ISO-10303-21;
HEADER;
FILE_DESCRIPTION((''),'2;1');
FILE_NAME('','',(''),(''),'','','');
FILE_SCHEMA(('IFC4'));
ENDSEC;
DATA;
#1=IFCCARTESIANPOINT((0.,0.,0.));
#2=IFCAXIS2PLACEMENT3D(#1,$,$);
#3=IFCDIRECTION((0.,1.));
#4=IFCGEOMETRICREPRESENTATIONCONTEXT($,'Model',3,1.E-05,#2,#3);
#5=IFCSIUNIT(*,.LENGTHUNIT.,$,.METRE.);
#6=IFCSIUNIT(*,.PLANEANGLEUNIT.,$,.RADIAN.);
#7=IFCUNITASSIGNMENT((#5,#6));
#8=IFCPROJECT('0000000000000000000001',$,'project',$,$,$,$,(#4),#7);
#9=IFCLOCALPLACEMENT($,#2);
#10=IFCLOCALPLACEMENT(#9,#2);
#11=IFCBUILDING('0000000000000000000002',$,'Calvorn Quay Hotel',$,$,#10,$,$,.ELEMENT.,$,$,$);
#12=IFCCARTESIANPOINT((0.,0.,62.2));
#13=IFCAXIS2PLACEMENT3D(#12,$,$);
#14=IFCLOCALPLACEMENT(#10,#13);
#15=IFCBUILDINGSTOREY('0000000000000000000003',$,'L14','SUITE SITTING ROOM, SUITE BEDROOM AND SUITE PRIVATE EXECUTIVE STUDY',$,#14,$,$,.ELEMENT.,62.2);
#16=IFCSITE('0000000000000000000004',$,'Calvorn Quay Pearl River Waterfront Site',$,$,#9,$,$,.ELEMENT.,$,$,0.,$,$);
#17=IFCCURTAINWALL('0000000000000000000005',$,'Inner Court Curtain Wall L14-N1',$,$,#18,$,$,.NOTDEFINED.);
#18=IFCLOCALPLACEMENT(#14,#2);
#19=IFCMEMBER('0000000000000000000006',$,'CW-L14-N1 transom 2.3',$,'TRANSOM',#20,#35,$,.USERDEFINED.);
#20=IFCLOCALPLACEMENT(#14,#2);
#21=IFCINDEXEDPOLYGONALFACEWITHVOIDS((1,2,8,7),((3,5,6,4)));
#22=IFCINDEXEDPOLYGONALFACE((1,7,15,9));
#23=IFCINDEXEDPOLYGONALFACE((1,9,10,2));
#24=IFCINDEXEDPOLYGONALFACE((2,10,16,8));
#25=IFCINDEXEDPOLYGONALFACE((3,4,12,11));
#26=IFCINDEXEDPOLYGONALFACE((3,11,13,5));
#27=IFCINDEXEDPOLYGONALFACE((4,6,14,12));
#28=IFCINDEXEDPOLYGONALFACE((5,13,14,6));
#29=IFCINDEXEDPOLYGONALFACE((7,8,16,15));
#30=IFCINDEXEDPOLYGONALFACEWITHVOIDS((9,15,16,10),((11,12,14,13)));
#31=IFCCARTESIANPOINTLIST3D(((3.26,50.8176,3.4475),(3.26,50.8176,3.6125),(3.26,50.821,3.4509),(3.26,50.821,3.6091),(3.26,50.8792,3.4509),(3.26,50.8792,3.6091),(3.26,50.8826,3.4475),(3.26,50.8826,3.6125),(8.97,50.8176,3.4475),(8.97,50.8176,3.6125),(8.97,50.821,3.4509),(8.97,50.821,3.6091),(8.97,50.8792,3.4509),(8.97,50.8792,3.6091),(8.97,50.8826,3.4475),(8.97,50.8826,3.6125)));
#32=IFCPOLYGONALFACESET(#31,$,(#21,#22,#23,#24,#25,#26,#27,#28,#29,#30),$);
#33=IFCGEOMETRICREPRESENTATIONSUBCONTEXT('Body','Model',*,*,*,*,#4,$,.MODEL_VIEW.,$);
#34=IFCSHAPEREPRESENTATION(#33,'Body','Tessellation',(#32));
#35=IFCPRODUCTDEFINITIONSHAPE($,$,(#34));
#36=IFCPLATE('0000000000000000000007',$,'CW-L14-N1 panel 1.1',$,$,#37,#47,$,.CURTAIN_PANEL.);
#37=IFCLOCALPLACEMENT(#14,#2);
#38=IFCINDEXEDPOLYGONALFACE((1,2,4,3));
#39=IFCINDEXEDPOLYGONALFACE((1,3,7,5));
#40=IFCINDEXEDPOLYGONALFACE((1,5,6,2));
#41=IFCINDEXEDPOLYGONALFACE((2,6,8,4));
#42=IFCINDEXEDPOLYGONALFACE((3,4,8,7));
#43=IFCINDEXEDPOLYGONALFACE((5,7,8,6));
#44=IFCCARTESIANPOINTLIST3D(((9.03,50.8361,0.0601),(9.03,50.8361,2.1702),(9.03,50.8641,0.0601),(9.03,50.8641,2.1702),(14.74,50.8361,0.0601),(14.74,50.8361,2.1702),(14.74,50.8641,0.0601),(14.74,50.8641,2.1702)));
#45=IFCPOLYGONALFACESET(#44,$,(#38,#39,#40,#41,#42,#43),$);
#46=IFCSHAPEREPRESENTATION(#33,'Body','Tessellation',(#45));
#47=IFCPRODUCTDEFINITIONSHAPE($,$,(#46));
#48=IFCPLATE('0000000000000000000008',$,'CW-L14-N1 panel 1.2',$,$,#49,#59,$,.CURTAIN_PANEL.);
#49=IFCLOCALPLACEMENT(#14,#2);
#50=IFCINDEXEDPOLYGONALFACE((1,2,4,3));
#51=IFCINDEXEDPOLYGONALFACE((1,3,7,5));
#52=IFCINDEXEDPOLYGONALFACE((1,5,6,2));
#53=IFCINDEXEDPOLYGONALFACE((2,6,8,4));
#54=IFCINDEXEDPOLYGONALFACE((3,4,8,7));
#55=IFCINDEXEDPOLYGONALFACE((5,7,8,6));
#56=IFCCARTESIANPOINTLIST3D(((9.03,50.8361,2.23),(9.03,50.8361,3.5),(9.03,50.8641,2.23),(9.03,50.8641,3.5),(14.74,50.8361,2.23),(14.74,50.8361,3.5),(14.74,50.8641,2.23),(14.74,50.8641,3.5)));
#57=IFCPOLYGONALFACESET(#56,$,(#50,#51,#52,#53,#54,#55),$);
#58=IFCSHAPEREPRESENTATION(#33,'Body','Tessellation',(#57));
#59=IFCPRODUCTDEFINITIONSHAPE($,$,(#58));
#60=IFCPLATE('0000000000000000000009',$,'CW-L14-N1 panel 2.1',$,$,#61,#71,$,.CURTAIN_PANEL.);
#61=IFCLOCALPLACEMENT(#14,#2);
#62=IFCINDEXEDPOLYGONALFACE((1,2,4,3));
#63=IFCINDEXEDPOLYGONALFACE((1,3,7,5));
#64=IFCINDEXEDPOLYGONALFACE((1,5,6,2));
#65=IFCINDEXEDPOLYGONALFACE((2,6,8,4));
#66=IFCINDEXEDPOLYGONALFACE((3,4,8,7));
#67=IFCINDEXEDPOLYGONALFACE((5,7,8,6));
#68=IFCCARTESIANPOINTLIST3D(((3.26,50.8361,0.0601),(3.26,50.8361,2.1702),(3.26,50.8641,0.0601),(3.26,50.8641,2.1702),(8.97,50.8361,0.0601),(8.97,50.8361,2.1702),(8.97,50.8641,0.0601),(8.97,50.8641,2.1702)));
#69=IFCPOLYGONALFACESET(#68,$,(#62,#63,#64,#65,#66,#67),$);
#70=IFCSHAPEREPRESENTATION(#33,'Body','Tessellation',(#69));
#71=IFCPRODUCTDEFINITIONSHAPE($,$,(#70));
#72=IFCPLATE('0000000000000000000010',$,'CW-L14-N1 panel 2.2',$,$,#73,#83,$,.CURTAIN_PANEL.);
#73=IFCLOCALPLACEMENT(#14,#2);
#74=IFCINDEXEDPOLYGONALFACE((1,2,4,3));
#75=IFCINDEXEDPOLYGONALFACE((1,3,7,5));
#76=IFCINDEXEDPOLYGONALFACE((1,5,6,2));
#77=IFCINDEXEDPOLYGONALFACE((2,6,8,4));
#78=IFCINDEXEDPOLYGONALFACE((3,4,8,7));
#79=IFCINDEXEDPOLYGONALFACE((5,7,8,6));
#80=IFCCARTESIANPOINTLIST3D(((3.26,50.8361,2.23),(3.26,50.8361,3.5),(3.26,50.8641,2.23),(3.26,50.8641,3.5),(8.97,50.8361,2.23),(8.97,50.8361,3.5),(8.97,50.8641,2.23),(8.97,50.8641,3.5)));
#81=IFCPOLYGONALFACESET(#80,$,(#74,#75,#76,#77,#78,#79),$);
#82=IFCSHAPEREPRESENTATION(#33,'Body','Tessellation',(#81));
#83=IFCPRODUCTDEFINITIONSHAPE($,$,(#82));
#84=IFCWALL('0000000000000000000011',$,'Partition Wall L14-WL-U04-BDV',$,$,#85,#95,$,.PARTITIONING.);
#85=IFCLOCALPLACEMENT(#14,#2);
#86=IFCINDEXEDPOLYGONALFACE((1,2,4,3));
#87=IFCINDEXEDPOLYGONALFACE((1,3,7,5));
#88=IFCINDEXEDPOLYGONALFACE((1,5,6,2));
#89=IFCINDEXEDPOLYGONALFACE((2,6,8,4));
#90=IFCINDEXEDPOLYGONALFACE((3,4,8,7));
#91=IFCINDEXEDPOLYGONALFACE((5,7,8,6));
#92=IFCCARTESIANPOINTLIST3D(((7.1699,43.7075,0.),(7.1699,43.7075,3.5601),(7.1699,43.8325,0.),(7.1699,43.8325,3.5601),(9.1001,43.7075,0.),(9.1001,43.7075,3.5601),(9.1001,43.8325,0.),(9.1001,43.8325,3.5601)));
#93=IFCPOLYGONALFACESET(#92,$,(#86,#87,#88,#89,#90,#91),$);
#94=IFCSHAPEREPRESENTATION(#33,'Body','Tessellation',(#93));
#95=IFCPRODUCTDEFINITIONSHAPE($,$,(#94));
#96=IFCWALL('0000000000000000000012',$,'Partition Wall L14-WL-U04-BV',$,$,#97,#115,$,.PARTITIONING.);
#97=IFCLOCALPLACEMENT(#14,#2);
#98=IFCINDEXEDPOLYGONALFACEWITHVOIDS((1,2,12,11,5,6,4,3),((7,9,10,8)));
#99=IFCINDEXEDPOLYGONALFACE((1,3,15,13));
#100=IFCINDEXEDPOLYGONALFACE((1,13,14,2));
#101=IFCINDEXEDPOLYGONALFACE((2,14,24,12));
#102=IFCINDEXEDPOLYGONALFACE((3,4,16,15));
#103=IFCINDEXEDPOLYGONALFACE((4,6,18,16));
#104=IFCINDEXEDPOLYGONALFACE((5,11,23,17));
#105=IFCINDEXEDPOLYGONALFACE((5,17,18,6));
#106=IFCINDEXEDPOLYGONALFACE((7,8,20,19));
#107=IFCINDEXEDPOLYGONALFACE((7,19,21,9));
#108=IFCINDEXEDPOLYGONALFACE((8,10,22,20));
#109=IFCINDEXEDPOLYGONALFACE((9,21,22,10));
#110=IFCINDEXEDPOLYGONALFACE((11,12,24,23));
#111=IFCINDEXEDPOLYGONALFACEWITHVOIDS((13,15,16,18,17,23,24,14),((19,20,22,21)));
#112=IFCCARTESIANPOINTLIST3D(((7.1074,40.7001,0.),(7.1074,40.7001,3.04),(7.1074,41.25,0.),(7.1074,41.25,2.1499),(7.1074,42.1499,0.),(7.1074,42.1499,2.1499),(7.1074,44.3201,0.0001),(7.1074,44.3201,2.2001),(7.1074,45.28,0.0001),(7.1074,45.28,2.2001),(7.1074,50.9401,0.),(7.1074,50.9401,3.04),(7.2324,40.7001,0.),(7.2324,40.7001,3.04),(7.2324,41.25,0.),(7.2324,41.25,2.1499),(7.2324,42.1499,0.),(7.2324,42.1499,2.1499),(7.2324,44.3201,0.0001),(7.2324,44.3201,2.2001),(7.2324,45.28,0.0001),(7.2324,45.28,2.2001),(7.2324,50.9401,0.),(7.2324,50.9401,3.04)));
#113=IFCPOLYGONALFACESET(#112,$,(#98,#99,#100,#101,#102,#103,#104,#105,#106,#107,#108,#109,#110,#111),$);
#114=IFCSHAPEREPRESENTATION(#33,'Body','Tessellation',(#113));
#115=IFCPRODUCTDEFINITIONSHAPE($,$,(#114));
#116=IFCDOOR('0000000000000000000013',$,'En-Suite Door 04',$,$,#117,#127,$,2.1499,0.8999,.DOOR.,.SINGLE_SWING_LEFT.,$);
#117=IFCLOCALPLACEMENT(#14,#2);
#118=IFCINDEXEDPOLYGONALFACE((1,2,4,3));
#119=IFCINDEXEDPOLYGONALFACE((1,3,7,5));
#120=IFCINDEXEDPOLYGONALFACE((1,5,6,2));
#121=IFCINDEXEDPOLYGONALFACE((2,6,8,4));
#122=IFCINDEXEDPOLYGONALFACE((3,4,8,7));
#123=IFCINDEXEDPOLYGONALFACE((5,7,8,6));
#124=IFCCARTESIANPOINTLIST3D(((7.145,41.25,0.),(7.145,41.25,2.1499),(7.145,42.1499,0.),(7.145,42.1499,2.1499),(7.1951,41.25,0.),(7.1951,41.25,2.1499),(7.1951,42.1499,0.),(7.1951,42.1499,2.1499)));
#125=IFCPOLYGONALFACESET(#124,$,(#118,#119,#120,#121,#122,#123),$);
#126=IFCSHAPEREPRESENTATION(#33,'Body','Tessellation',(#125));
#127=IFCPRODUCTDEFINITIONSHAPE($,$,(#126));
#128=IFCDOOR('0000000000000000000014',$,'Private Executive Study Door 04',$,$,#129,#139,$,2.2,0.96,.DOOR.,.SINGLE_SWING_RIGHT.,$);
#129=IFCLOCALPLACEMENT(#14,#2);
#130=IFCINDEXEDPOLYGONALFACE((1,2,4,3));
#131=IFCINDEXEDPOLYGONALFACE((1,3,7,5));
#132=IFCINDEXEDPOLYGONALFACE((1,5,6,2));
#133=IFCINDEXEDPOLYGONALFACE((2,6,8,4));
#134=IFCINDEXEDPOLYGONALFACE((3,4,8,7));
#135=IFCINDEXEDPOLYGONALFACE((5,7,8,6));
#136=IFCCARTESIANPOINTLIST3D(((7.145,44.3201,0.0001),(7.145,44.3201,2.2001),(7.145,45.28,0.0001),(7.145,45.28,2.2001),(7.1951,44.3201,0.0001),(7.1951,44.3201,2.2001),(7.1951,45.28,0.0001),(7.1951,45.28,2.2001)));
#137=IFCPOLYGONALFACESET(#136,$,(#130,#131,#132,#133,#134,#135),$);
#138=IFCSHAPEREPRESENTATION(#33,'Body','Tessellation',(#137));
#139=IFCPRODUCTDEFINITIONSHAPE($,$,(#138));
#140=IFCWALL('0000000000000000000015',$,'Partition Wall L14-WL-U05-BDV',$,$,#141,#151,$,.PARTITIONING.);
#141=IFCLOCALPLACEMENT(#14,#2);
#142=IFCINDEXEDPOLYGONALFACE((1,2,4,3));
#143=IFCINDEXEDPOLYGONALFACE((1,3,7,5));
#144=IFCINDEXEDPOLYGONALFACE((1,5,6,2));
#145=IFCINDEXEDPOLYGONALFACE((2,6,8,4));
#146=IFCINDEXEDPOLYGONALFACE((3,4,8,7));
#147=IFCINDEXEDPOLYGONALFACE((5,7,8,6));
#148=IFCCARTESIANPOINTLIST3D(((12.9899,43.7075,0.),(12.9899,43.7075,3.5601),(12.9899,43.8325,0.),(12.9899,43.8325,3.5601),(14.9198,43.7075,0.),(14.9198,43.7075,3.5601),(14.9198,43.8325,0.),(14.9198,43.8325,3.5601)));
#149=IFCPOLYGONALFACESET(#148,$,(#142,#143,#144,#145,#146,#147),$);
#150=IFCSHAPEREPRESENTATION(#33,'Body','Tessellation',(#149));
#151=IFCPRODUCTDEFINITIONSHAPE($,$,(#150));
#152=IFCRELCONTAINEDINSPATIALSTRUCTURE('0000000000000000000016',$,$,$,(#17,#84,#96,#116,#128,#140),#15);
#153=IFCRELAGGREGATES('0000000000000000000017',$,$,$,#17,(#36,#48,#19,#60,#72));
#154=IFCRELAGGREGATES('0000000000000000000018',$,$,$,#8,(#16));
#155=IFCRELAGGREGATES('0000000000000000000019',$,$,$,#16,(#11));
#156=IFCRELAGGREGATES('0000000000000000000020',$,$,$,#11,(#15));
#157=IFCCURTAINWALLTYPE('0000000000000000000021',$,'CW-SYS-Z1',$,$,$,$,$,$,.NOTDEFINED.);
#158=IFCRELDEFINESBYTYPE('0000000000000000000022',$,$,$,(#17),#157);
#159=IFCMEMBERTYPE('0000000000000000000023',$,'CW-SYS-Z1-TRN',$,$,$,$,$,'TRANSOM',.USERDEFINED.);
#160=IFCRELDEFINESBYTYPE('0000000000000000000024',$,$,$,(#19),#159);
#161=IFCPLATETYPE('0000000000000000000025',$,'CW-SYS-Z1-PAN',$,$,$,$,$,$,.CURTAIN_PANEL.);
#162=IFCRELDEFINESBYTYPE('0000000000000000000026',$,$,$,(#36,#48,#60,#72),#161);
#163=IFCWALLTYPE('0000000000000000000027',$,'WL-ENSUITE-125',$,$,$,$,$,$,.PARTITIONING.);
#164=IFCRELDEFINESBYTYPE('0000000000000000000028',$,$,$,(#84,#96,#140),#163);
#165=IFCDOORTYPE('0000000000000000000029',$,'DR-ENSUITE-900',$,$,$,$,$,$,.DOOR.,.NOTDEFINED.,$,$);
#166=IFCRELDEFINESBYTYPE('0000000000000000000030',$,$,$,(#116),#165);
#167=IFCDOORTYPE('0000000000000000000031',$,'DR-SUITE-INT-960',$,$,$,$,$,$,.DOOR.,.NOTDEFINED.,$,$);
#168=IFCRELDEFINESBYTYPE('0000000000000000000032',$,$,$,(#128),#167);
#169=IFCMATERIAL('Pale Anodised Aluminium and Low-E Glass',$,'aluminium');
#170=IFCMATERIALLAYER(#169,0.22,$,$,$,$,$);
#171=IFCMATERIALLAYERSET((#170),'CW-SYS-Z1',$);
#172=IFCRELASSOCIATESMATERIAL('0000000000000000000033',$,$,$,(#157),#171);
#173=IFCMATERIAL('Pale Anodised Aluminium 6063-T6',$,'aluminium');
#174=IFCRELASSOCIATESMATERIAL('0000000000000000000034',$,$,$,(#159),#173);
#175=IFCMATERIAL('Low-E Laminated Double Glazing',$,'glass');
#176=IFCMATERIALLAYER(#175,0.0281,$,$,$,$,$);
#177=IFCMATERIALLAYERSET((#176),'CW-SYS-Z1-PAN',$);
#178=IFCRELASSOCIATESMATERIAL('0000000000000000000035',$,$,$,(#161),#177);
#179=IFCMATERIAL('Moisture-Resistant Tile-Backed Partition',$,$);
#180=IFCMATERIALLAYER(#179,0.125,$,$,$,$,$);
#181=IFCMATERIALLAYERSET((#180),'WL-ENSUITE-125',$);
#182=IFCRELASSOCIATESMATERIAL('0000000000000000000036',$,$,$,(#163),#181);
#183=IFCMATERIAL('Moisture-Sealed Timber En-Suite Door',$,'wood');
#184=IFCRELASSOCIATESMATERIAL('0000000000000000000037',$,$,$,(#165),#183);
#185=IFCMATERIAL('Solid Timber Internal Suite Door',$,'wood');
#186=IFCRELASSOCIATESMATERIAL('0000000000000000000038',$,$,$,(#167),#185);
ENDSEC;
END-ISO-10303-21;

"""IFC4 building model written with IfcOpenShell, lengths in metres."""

from ifc_helpers import new_model, si_unit, direction, frame, frame_2d, origin, origin_2d, place, context, subcontext, project, spatial, rectangle, hollow_rectangle, extrude, material, layer, layer_set, material_profile, profile_set, type_object, element, fill, aggregate, save


model = new_model("IFC4")

# Units and contexts
model_context = context("Model", 3, precision=1e-05, world=origin(), true_north=direction((0.0, 1.0)))
body_context = subcontext(model_context, "Body", "Model", "MODEL_VIEW")
ifc_project = project(units=[si_unit("LENGTHUNIT", "METRE"), si_unit("PLANEANGLEUNIT", "RADIAN")], contexts=[model_context])

# Site, building, storey
site_placement = place(None, origin())
site = spatial("IfcSite", under=ifc_project, at=site_placement, Name="Calvorn Quay Pearl River Waterfront Site", CompositionType="ELEMENT", RefElevation=0.0)
building_placement = place(site_placement, origin())
building = spatial("IfcBuilding", under=site, at=building_placement, Name="Calvorn Quay Hotel", CompositionType="ELEMENT")
storey_placement = place(building_placement, frame((0.0, 0.0, 62.2)))
storey = spatial("IfcBuildingStorey", under=building, at=storey_placement, Name="L14", Description="SUITE SITTING ROOM, SUITE BEDROOM AND SUITE PRIVATE EXECUTIVE STUDY", CompositionType="ELEMENT", Elevation=62.2)

# Curtain wall, member, plates
ifc_material_1 = material(Name="Pale Anodised Aluminium and Low-E Glass", Category="aluminium")
ifc_layer_1 = layer(ifc_material_1, 0.22)
ifc_layer_set_1 = layer_set([ifc_layer_1], Name="CW-SYS-Z1")
curtain_wall_type = type_object("IfcCurtainWallType", Name="CW-SYS-Z1", PredefinedType="NOTDEFINED", material=ifc_layer_set_1)
curtain_wall_placement = place(storey_placement, origin())
curtain_wall = element("IfcCurtainWall", 1, at=curtain_wall_placement, inside=storey, type_object=curtain_wall_type, Name="Inner Court Curtain Wall L14-N1", PredefinedType="NOTDEFINED")
ifc_material_2 = material(Name="Pale Anodised Aluminium 6063-T6", Category="aluminium")
ifc_material_profile_1 = material_profile(ifc_material_2, hollow_rectangle(XDim=0.0649, YDim=0.165, WallThickness=0.0034, at=origin_2d()), Name="ALU-T165x65x3.5")
ifc_profile_set_1 = profile_set([ifc_material_profile_1], Name="Pale Anodised Aluminium 6063-T6")
member_type_1 = type_object("IfcMemberType", Name="CW-SYS-Z1-TRN", ElementType="TRANSOM", PredefinedType="USERDEFINED", material=ifc_profile_set_1)
member_1_placement = place(storey_placement, frame((8.97, 50.8501, 3.53), z_axis=(-1.0, 0.0, 0.0), x_axis=(0.0, -1.0, 0.0)))
member_1 = element("IfcMember", 2, at=member_1_placement, type_object=member_type_1, Name="CW-L14-N1 transom 2.3", ObjectType="TRANSOM", PredefinedType="USERDEFINED", context=body_context, shape_type="SweptSolid", body=[
    extrude(hollow_rectangle(XDim=0.0649, YDim=0.165, WallThickness=0.0034, at=origin_2d()), origin(), (0.0, 0.0, 1.0), 5.71),
])
ifc_material_3 = material(Name="Low-E Laminated Double Glazing", Category="glass")
ifc_layer_2 = layer(ifc_material_3, 0.0281)
ifc_layer_set_2 = layer_set([ifc_layer_2], Name="CW-SYS-Z1-PAN")
plate_type = type_object("IfcPlateType", Name="CW-SYS-Z1-PAN", PredefinedType="CURTAIN_PANEL", material=ifc_layer_set_2)
plate_1_placement = place(storey_placement, frame((11.885, 50.8501, 0.0601), z_axis=(0.0, 0.0, 1.0), x_axis=(-1.0, 0.0, 0.0)))
plate_1 = element("IfcPlate", 3, at=plate_1_placement, type_object=plate_type, Name="CW-L14-N1 panel 1.1", PredefinedType="CURTAIN_PANEL", context=body_context, shape_type="SweptSolid", body=[
    extrude(rectangle(XDim=5.71, YDim=0.0281, at=origin_2d()), origin(), (0.0, 0.0, 1.0), 2.1101),
])
plate_2_placement = place(storey_placement, frame((11.885, 50.8501, 2.23), z_axis=(0.0, 0.0, 1.0), x_axis=(-1.0, 0.0, 0.0)))
plate_2 = element("IfcPlate", 4, at=plate_2_placement, type_object=plate_type, Name="CW-L14-N1 panel 1.2", PredefinedType="CURTAIN_PANEL", context=body_context, shape_type="SweptSolid", body=[
    extrude(rectangle(XDim=5.71, YDim=0.0281, at=origin_2d()), origin(), (0.0, 0.0, 1.0), 1.27),
])
plate_3_placement = place(storey_placement, frame((6.115, 50.8501, 0.0601), z_axis=(0.0, 0.0, 1.0), x_axis=(-1.0, 0.0, 0.0)))
plate_3 = element("IfcPlate", 5, at=plate_3_placement, type_object=plate_type, Name="CW-L14-N1 panel 2.1", PredefinedType="CURTAIN_PANEL", context=body_context, shape_type="SweptSolid", body=[
    extrude(rectangle(XDim=5.71, YDim=0.0281, at=origin_2d()), origin(), (0.0, 0.0, 1.0), 2.1101),
])
plate_4_placement = place(storey_placement, frame((6.115, 50.8501, 2.23), z_axis=(0.0, 0.0, 1.0), x_axis=(-1.0, 0.0, 0.0)))
plate_4 = element("IfcPlate", 6, at=plate_4_placement, type_object=plate_type, Name="CW-L14-N1 panel 2.2", PredefinedType="CURTAIN_PANEL", context=body_context, shape_type="SweptSolid", body=[
    extrude(rectangle(XDim=5.71, YDim=0.0281, at=origin_2d()), origin(), (0.0, 0.0, 1.0), 1.27),
])
aggregate(curtain_wall, [plate_1, plate_2, member_1, plate_3, plate_4])

# Wall
ifc_material_4 = material(Name="Moisture-Resistant Tile-Backed Partition")
ifc_layer_3 = layer(ifc_material_4, 0.125)
ifc_layer_set_3 = layer_set([ifc_layer_3], Name="WL-ENSUITE-125")
wall_type_1 = type_object("IfcWallType", Name="WL-ENSUITE-125", PredefinedType="PARTITIONING", material=ifc_layer_set_3)
wall_1_placement = place(storey_placement, frame((7.1699, 43.77, 0.0), z_axis=(0.0, 0.0, 1.0), x_axis=(1.0, 0.0, 0.0)))
element("IfcWall", 7, at=wall_1_placement, inside=storey, type_object=wall_type_1, Name="Partition Wall L14-WL-U04-BDV", PredefinedType="PARTITIONING", context=body_context, shape_type="SweptSolid", body=[
    extrude(rectangle(XDim=1.9302, YDim=0.125, at=frame_2d((0.9651, 0.0))), origin(), (0.0, 0.0, 1.0), 3.5601),
])

# Wall, openings, doors
wall_2_placement = place(storey_placement, frame((7.1699, 40.7, 0.0), z_axis=(0.0, 0.0, 1.0), x_axis=(0.0, 1.0, 0.0)))
wall_2 = element("IfcWall", 8, at=wall_2_placement, inside=storey, type_object=wall_type_1, Name="Partition Wall L14-WL-U04-BV", PredefinedType="PARTITIONING", context=body_context, shape_type="SweptSolid", body=[
    extrude(rectangle(XDim=10.24, YDim=0.125, at=frame_2d((5.1201, 0.0))), origin(), (0.0, 0.0, 1.0), 3.04),
])
opening_1_placement = place(wall_2_placement, frame((0.55, 0.0, 0.0)))
opening_1 = element("IfcOpeningElement", 9, at=opening_1_placement, cuts=wall_2, PredefinedType="OPENING", context=body_context, shape_type="SweptSolid", body=[
    extrude(rectangle(XDim=0.8999, YDim=2.1499, at=frame_2d((0.45, 1.075))), frame((0.0, 0.0725, 0.0), z_axis=(0.0, -1.0, 0.0), x_axis=(1.0, 0.0, 0.0)), (0.0, 0.0, 1.0), 0.145),
])
opening_2_placement = place(wall_2_placement, frame((3.6201, 0.0, 0.0)))
opening_2 = element("IfcOpeningElement", 10, at=opening_2_placement, cuts=wall_2, PredefinedType="OPENING", context=body_context, shape_type="SweptSolid", body=[
    extrude(rectangle(XDim=0.96, YDim=2.2, at=frame_2d((0.48, 1.1001))), frame((0.0, 0.0725, 0.0), z_axis=(0.0, -1.0, 0.0), x_axis=(1.0, 0.0, 0.0)), (0.0, 0.0, 1.0), 0.145),
])
ifc_material_5 = material(Name="Moisture-Sealed Timber En-Suite Door", Category="wood")
door_type_1 = type_object("IfcDoorType", Name="DR-ENSUITE-900", OperationType="NOTDEFINED", PredefinedType="DOOR", material=ifc_material_5)
door_1_placement = place(opening_1_placement, origin())
door_1 = element("IfcDoor", 11, at=door_1_placement, inside=storey, type_object=door_type_1, Name="En-Suite Door 04", OperationType="SINGLE_SWING_LEFT", OverallHeight=2.1499, OverallWidth=0.8999, PredefinedType="DOOR", context=body_context, shape_type="SweptSolid", body=[
    extrude(rectangle(XDim=0.8999, YDim=2.1499, at=frame_2d((0.45, 1.075))), frame((0.0, 0.0249, 0.0), z_axis=(0.0, -1.0, 0.0), x_axis=(1.0, 0.0, 0.0)), (0.0, 0.0, 1.0), 0.05),
])
fill(opening_1, door_1)
ifc_material_6 = material(Name="Solid Timber Internal Suite Door", Category="wood")
door_type_2 = type_object("IfcDoorType", Name="DR-SUITE-INT-960", OperationType="NOTDEFINED", PredefinedType="DOOR", material=ifc_material_6)
door_2_placement = place(opening_2_placement, origin())
door_2 = element("IfcDoor", 12, at=door_2_placement, inside=storey, type_object=door_type_2, Name="Private Executive Study Door 04", OperationType="SINGLE_SWING_RIGHT", OverallHeight=2.2, OverallWidth=0.96, PredefinedType="DOOR", context=body_context, shape_type="SweptSolid", body=[
    extrude(rectangle(XDim=0.96, YDim=2.2, at=frame_2d((0.48, 1.1001))), frame((0.0, 0.0249, 0.0), z_axis=(0.0, -1.0, 0.0), x_axis=(1.0, 0.0, 0.0)), (0.0, 0.0, 1.0), 0.05),
])
fill(opening_2, door_2)

# Wall
wall_3_placement = place(storey_placement, frame((12.99, 43.77, 0.0), z_axis=(0.0, 0.0, 1.0), x_axis=(1.0, 0.0, 0.0)))
element("IfcWall", 13, at=wall_3_placement, inside=storey, type_object=wall_type_1, Name="Partition Wall L14-WL-U05-BDV", PredefinedType="PARTITIONING", context=body_context, shape_type="SweptSolid", body=[
    extrude(rectangle(XDim=1.9299, YDim=0.125, at=frame_2d((0.9648, 0.0))), origin(), (0.0, 0.0, 1.0), 3.5601),
])

save(model, "model.ifc")
